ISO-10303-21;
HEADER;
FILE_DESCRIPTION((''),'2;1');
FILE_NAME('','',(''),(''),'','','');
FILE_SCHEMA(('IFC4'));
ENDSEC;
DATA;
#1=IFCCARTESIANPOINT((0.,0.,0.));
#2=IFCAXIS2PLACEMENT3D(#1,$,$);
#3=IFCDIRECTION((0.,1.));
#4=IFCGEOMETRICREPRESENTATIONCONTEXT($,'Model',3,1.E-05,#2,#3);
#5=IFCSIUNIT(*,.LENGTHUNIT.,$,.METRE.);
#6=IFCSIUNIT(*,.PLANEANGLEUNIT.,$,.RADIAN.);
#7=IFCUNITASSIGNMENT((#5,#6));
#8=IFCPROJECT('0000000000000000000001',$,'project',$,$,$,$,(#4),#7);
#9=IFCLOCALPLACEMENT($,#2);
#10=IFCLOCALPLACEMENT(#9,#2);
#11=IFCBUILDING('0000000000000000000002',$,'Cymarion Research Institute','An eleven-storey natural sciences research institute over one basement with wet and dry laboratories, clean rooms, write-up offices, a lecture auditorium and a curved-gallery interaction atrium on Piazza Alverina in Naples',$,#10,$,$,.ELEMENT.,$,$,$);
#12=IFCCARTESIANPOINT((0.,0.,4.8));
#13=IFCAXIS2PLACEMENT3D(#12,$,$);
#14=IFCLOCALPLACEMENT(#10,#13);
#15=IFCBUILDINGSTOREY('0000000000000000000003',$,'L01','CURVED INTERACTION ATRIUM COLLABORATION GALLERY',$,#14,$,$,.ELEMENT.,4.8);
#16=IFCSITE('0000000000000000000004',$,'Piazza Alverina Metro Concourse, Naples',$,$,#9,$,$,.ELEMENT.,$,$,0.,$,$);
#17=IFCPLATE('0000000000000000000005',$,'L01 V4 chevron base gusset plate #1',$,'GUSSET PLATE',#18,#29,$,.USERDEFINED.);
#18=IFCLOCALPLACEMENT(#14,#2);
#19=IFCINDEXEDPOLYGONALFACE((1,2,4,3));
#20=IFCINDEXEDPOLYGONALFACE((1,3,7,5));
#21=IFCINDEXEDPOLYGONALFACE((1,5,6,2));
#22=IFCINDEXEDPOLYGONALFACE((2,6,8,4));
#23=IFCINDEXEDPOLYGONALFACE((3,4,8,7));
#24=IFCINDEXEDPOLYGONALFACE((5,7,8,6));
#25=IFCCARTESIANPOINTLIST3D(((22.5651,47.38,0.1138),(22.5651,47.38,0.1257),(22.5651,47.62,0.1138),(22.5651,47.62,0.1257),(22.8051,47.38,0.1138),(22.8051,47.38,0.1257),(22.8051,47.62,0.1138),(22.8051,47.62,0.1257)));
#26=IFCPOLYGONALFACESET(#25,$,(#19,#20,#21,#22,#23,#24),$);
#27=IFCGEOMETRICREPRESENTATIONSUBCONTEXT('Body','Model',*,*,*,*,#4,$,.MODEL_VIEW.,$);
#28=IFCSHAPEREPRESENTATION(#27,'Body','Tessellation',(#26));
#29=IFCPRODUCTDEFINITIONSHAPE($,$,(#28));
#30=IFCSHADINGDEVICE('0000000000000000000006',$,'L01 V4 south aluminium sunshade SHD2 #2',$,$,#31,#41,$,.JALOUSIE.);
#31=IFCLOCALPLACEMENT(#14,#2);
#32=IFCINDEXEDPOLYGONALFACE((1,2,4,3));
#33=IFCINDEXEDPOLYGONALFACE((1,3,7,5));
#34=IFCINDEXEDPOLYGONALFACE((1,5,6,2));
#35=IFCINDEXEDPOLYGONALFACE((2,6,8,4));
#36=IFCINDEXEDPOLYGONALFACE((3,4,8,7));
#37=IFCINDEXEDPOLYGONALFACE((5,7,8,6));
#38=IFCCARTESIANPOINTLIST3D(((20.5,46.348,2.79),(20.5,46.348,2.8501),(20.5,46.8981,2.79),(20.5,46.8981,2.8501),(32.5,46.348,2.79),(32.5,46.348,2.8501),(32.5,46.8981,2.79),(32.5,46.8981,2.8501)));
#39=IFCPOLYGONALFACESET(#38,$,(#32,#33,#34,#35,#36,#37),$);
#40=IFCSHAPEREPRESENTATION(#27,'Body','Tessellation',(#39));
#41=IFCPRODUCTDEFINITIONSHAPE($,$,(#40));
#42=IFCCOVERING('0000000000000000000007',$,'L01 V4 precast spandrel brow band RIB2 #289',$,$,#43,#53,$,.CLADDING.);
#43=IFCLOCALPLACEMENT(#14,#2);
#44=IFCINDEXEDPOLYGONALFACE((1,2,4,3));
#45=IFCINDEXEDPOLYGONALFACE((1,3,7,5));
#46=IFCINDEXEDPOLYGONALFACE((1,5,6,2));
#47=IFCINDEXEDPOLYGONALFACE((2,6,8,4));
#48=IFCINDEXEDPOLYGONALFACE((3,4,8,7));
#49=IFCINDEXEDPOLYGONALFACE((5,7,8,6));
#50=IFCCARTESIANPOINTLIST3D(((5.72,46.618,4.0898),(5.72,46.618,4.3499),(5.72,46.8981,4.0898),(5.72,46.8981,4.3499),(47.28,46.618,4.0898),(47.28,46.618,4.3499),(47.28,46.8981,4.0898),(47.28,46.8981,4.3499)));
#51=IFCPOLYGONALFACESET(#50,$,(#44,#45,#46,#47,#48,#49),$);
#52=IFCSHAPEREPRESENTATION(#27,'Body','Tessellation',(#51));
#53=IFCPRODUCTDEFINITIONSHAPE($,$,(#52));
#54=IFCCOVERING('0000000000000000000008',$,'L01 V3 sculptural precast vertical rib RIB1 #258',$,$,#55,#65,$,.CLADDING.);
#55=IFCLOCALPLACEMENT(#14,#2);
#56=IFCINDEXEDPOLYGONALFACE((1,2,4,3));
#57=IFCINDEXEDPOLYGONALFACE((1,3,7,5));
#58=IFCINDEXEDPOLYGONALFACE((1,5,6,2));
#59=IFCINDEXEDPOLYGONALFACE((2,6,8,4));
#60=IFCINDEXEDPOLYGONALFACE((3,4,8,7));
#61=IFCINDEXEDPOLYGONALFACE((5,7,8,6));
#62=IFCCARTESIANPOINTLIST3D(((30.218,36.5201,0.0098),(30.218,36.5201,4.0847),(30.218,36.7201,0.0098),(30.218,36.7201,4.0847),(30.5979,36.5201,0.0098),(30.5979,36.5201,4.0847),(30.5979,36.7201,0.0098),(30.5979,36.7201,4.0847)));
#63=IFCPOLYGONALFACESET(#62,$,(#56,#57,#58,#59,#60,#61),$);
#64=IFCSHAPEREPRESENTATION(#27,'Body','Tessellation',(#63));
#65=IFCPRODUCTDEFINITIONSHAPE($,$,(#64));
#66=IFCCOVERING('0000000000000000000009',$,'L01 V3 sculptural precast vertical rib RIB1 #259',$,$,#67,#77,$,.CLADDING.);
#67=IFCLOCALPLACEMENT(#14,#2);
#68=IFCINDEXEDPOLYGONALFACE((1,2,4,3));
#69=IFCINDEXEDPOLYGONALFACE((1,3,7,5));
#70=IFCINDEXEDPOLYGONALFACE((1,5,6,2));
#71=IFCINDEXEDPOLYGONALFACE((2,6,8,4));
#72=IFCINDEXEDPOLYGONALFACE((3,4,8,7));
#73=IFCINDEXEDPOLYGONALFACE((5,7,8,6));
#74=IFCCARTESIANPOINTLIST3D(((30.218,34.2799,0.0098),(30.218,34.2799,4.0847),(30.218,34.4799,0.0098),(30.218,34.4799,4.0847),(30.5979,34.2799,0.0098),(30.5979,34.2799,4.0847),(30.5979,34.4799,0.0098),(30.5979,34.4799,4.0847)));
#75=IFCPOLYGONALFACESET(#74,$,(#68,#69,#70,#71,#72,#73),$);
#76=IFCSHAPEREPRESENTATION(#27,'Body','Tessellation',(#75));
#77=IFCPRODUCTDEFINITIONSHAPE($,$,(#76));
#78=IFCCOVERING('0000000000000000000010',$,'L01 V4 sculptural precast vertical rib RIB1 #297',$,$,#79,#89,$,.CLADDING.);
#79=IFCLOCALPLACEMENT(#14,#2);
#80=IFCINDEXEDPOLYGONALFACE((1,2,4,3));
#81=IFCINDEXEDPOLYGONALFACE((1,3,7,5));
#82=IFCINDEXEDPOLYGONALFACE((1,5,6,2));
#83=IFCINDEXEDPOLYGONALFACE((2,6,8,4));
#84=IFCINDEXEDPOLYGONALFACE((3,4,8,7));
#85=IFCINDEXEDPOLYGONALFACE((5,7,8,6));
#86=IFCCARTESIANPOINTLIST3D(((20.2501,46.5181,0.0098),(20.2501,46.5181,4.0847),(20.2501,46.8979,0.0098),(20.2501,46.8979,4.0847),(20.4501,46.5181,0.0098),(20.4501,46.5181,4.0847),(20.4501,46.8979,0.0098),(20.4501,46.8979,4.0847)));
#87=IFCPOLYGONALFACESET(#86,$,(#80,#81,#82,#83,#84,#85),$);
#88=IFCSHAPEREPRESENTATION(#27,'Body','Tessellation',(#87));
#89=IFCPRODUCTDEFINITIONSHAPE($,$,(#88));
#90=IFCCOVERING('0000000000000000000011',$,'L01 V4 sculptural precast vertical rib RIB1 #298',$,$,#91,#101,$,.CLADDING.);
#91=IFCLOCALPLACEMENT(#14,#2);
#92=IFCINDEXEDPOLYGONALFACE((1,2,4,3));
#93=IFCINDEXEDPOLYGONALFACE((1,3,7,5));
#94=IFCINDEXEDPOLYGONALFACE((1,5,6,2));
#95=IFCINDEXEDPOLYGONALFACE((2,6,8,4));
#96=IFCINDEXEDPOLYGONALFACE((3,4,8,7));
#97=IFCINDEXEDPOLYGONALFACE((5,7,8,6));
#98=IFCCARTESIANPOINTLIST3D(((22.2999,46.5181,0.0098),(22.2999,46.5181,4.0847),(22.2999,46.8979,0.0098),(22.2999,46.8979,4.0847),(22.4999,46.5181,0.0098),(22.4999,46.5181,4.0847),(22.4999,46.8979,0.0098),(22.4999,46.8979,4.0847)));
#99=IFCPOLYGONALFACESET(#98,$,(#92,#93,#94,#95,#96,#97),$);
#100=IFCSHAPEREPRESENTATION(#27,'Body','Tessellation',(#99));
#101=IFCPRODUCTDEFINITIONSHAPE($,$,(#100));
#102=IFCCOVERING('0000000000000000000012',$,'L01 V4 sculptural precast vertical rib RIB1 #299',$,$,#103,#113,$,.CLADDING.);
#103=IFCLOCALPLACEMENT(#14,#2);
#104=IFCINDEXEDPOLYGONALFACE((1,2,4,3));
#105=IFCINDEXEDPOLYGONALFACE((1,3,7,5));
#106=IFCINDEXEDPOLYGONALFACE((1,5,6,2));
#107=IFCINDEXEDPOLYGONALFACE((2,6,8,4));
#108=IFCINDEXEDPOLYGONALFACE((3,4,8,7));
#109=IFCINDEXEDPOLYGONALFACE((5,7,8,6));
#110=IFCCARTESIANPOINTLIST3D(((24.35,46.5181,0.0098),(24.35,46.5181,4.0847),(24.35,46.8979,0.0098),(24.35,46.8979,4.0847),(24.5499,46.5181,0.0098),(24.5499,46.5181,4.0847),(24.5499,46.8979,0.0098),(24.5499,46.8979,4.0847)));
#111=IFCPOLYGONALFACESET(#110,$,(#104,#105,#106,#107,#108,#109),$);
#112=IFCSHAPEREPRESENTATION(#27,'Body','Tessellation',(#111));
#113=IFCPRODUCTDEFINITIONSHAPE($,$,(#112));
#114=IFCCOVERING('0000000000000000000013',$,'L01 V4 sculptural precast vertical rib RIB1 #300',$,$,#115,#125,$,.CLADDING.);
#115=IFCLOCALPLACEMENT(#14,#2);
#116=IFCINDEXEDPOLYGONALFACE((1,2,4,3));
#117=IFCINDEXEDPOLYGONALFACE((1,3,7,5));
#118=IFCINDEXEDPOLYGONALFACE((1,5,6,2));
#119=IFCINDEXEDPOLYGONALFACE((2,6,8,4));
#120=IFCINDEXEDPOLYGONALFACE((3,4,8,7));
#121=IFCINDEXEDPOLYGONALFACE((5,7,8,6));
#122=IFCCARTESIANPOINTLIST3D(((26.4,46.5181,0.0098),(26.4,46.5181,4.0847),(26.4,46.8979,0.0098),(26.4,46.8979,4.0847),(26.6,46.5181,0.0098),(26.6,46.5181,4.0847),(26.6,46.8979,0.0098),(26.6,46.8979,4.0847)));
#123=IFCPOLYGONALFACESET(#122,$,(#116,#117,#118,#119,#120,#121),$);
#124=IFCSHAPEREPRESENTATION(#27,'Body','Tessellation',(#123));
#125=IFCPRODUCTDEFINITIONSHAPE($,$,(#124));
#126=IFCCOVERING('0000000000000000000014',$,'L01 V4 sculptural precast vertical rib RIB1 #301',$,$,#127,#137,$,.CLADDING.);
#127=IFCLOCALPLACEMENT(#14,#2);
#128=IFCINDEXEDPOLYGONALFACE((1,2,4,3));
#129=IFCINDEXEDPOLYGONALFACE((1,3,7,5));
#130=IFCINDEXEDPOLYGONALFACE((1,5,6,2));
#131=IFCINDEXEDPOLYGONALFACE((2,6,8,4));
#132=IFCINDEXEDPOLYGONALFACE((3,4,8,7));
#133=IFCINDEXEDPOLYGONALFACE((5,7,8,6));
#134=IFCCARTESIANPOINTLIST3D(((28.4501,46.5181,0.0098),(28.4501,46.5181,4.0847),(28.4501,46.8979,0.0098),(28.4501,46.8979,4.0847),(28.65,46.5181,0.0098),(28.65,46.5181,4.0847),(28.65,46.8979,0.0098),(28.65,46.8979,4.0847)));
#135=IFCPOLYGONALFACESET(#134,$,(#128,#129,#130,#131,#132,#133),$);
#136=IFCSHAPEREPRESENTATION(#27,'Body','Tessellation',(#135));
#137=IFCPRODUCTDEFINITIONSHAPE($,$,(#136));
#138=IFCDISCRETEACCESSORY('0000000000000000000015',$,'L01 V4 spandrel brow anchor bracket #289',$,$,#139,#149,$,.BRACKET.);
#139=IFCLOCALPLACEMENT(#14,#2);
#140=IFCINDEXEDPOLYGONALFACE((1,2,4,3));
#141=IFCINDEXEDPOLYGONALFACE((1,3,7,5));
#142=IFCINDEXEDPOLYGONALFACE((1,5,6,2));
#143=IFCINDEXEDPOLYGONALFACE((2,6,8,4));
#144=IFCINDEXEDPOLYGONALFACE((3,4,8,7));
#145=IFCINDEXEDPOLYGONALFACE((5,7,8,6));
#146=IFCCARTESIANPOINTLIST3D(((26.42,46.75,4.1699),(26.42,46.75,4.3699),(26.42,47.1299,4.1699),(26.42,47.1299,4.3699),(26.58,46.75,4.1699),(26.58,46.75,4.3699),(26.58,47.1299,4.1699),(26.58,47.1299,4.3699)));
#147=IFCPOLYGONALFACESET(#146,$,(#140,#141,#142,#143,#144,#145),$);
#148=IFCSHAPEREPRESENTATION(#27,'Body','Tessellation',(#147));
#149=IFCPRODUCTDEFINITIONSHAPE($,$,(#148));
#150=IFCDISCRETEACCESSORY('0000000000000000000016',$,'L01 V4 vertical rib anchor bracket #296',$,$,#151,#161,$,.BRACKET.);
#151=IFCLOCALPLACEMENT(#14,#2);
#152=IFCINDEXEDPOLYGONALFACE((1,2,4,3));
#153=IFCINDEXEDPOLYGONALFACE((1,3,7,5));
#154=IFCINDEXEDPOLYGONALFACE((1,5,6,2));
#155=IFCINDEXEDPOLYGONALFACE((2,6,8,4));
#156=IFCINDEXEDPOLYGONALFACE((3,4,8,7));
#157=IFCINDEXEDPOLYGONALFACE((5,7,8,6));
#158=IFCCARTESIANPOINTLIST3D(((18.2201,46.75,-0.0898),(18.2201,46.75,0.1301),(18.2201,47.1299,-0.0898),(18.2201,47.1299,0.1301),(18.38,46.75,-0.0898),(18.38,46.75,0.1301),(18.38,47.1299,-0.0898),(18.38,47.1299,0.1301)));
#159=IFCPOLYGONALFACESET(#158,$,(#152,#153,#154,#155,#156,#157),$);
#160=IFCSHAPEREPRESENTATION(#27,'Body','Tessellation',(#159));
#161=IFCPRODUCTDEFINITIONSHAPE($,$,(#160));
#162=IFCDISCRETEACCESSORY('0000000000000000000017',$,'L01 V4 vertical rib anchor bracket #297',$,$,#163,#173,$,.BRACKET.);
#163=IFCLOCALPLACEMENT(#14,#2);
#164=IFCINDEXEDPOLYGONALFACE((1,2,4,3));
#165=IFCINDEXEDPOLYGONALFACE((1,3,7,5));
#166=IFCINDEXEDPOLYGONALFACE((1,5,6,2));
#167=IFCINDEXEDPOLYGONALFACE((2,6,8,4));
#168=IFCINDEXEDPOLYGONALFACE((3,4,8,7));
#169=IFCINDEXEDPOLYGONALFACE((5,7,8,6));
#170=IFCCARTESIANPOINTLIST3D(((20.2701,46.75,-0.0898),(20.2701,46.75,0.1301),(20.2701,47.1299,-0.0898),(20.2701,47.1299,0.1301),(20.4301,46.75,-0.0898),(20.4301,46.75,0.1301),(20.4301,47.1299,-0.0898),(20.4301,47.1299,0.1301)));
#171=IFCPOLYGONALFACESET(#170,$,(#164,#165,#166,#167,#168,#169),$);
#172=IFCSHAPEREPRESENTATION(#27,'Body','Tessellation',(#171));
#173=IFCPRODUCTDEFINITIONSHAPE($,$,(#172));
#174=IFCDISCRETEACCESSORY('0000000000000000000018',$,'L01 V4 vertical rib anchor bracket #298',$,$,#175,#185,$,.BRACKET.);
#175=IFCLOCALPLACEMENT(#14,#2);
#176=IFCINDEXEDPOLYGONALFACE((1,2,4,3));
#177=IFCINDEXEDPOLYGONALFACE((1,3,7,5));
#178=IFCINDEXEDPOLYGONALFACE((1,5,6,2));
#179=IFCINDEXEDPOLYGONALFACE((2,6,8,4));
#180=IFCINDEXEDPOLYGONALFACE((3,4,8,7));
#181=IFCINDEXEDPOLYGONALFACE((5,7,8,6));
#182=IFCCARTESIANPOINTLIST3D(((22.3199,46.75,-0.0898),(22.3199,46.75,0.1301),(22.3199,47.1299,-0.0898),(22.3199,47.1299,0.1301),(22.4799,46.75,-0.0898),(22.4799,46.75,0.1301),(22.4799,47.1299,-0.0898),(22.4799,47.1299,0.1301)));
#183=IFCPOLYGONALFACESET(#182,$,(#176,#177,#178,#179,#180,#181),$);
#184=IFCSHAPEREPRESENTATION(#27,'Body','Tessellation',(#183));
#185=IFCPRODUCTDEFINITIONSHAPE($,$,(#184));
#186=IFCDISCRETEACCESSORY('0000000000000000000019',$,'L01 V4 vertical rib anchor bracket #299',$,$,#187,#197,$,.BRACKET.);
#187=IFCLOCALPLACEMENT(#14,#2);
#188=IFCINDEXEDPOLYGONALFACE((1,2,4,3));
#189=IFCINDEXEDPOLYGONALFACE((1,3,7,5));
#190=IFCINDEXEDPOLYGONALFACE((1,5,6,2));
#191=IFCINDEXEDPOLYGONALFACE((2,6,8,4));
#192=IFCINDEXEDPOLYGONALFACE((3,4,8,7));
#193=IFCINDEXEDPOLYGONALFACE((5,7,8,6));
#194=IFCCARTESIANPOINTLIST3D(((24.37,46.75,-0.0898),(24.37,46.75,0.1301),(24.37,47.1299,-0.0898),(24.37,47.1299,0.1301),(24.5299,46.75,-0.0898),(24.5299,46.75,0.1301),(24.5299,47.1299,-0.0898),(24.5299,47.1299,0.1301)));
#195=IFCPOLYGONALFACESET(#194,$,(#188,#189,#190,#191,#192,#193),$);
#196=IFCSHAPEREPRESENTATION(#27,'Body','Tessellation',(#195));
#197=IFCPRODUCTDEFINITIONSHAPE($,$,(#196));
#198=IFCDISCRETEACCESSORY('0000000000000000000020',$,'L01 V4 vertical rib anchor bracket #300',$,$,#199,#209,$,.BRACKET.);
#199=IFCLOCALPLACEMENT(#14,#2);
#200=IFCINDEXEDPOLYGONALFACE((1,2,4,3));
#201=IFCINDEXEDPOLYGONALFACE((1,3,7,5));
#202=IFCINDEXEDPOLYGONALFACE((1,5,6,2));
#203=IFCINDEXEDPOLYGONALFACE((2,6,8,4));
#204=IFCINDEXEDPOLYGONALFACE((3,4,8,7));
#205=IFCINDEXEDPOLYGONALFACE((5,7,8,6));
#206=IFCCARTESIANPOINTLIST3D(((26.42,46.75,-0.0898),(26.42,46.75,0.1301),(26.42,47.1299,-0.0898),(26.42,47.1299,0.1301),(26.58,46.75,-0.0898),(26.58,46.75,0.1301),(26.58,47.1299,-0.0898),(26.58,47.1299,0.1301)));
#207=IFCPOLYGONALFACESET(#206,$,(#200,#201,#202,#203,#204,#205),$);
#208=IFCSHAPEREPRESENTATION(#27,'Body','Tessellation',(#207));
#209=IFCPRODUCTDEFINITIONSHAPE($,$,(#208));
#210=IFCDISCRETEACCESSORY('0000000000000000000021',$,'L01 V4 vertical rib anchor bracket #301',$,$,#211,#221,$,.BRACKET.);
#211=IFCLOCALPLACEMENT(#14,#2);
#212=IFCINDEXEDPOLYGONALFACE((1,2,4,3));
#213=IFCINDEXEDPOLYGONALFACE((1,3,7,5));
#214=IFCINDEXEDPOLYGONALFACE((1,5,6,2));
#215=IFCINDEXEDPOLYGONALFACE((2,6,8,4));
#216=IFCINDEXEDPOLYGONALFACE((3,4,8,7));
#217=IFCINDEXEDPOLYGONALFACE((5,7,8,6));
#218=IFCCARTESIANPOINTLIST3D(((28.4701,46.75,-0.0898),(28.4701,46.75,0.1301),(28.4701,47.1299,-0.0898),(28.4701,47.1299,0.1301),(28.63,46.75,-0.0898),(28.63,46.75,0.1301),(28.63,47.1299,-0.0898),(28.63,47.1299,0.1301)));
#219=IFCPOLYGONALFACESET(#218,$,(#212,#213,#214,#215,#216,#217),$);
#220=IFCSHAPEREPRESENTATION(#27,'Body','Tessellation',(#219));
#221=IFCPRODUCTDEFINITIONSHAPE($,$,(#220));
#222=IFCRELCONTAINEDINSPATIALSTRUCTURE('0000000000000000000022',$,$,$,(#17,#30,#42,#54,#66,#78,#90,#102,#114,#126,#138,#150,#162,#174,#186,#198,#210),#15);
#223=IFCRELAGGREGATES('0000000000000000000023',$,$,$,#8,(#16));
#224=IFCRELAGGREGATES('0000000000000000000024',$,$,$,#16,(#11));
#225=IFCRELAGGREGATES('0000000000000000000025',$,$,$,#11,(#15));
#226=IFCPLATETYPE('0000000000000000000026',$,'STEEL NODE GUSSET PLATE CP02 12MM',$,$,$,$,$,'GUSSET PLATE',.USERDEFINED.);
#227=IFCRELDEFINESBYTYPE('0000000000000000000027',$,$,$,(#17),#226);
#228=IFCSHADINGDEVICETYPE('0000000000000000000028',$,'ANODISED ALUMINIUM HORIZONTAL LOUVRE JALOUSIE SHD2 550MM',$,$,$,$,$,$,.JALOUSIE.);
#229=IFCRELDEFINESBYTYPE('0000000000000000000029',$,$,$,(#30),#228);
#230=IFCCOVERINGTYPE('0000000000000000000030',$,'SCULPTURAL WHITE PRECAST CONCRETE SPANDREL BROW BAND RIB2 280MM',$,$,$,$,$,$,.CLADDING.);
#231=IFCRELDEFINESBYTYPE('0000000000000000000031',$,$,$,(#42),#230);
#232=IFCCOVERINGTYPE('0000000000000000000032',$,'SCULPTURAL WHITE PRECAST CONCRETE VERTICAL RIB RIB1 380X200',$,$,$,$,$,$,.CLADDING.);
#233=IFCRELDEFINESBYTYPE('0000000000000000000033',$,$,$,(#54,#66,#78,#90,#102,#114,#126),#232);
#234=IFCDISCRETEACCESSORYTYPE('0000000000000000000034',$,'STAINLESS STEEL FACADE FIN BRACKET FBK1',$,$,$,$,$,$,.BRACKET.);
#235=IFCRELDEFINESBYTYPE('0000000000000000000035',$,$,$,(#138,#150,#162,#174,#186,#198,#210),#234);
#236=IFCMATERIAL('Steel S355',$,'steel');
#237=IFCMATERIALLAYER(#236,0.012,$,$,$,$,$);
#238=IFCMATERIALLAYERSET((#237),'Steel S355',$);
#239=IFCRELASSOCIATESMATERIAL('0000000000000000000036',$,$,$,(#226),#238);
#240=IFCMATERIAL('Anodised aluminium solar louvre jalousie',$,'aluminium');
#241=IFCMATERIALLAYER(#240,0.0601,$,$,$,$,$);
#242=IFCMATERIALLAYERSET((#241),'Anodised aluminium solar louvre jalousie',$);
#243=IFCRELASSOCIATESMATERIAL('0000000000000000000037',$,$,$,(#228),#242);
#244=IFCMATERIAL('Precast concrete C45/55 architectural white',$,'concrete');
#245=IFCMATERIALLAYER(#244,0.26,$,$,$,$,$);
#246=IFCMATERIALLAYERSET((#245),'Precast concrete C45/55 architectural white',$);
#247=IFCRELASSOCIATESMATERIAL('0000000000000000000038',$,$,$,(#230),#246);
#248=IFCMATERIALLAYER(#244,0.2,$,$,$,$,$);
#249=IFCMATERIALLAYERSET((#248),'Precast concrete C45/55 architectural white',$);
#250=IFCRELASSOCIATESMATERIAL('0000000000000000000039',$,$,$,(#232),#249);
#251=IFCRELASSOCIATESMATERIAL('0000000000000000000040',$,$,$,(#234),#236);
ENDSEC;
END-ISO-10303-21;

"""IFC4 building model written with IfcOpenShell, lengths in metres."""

from ifc_helpers import new_model, si_unit, direction, frame, origin, origin_2d, place, context, subcontext, project, spatial, rectangle, extrude, material, layer, layer_set, type_object, element, save


model = new_model("IFC4")

# Units and contexts
model_context = context("Model", 3, precision=1e-05, world=origin(), true_north=direction((0.0, 1.0)))
body_context = subcontext(model_context, "Body", "Model", "MODEL_VIEW")
ifc_project = project(units=[si_unit("LENGTHUNIT", "METRE"), si_unit("PLANEANGLEUNIT", "RADIAN")], contexts=[model_context])

# Site, building, storey
site_placement = place(None, origin())
site = spatial("IfcSite", under=ifc_project, at=site_placement, Name="Piazza Alverina Metro Concourse, Naples", CompositionType="ELEMENT", RefElevation=0.0)
building_placement = place(site_placement, origin())
building = spatial("IfcBuilding", under=site, at=building_placement, Name="Cymarion Research Institute", Description="An eleven-storey natural sciences research institute over one basement with wet and dry laboratories, clean rooms, write-up offices, a lecture auditorium and a curved-gallery interaction atrium on Piazza Alverina in Naples", CompositionType="ELEMENT")
storey_placement = place(building_placement, frame((0.0, 0.0, 4.8)))
storey = spatial("IfcBuildingStorey", under=building, at=storey_placement, Name="L01", Description="CURVED INTERACTION ATRIUM COLLABORATION GALLERY", CompositionType="ELEMENT", Elevation=4.8)

# Shared definitions
ifc_material_1 = material(Name="Steel S355", Category="steel")

# Plate
ifc_layer_1 = layer(ifc_material_1, 0.012)
ifc_layer_set_1 = layer_set([ifc_layer_1], Name="Steel S355")
plate_type_1 = type_object("IfcPlateType", Name="STEEL NODE GUSSET PLATE CP02 12MM", ElementType="GUSSET PLATE", PredefinedType="USERDEFINED", material=ifc_layer_set_1)
for number, where, z_axis, x_axis, name in (
    (1, (22.6851, 47.5, 0.1138), (0.0, 0.0, 1.0), (1.0, 0.0, 0.0), "L01 V4 chevron base gusset plate #1"),
):
    element("IfcPlate", number, at=place(storey_placement, frame(where, z_axis=z_axis, x_axis=x_axis)), inside=storey, type_object=plate_type_1, Name=name, ObjectType="GUSSET PLATE", PredefinedType="USERDEFINED", context=body_context, shape_type="SweptSolid", body=[
        extrude(rectangle(XDim=0.24, YDim=0.24, at=origin_2d()), origin(), (0.0, 0.0, 1.0), 0.012),
    ])

# Shading device
ifc_material_2 = material(Name="Anodised aluminium solar louvre jalousie", Category="aluminium")
ifc_layer_2 = layer(ifc_material_2, 0.0601)
ifc_layer_set_2 = layer_set([ifc_layer_2], Name="Anodised aluminium solar louvre jalousie")
shading_device_type = type_object("IfcShadingDeviceType", Name="ANODISED ALUMINIUM HORIZONTAL LOUVRE JALOUSIE SHD2 550MM", PredefinedType="JALOUSIE", material=ifc_layer_set_2)
shading_device_placement = place(storey_placement, frame((26.5, 46.623, 2.79), z_axis=(0.0, 0.0, 1.0), x_axis=(0.0, -1.0, 0.0)))
element("IfcShadingDevice", 2, at=shading_device_placement, inside=storey, type_object=shading_device_type, Name="L01 V4 south aluminium sunshade SHD2 #2", PredefinedType="JALOUSIE", context=body_context, shape_type="SweptSolid", body=[
    extrude(rectangle(XDim=0.55, YDim=12.0, at=origin_2d()), origin(), (0.0, 0.0, 1.0), 0.0601),
])

# Coverings
ifc_material_3 = material(Name="Precast concrete C45/55 architectural white", Category="concrete")
ifc_layer_3 = layer(ifc_material_3, 0.26)
ifc_layer_set_3 = layer_set([ifc_layer_3], Name="Precast concrete C45/55 architectural white")
covering_type_1 = type_object("IfcCoveringType", Name="SCULPTURAL WHITE PRECAST CONCRETE SPANDREL BROW BAND RIB2 280MM", PredefinedType="CLADDING", material=ifc_layer_set_3)
covering_placement = place(storey_placement, frame((26.5, 46.7581, 4.0898), z_axis=(0.0, 0.0, 1.0), x_axis=(0.0, -1.0, 0.0)))
element("IfcCovering", 3, at=covering_placement, inside=storey, type_object=covering_type_1, Name="L01 V4 precast spandrel brow band RIB2 #289", PredefinedType="CLADDING", context=body_context, shape_type="SweptSolid", body=[
    extrude(rectangle(XDim=0.28, YDim=41.5601, at=origin_2d()), origin(), (0.0, 0.0, 1.0), 0.26),
])
ifc_layer_4 = layer(ifc_material_3, 0.2)
ifc_layer_set_4 = layer_set([ifc_layer_4], Name="Precast concrete C45/55 architectural white")
covering_type_2 = type_object("IfcCoveringType", Name="SCULPTURAL WHITE PRECAST CONCRETE VERTICAL RIB RIB1 380X200", PredefinedType="CLADDING", material=ifc_layer_set_4)
for number, where, z_axis, x_axis, name in (
    (4, (30.408, 36.6201, 0.0098), (0.0, 0.0, 1.0), (-1.0, 0.0, 0.0), "L01 V3 sculptural precast vertical rib RIB1 #258"),
    (5, (30.408, 34.3799, 0.0098), (0.0, 0.0, 1.0), (-1.0, 0.0, 0.0), "L01 V3 sculptural precast vertical rib RIB1 #259"),
    (6, (20.3501, 46.708, 0.0098), (0.0, 0.0, 1.0), (0.0, -1.0, 0.0), "L01 V4 sculptural precast vertical rib RIB1 #297"),
    (7, (22.3999, 46.708, 0.0098), (0.0, 0.0, 1.0), (0.0, -1.0, 0.0), "L01 V4 sculptural precast vertical rib RIB1 #298"),
    (8, (24.45, 46.708, 0.0098), (0.0, 0.0, 1.0), (0.0, -1.0, 0.0), "L01 V4 sculptural precast vertical rib RIB1 #299"),
    (9, (26.5, 46.708, 0.0098), (0.0, 0.0, 1.0), (0.0, -1.0, 0.0), "L01 V4 sculptural precast vertical rib RIB1 #300"),
    (10, (28.55, 46.708, 0.0098), (0.0, 0.0, 1.0), (0.0, -1.0, 0.0), "L01 V4 sculptural precast vertical rib RIB1 #301"),
):
    element("IfcCovering", number, at=place(storey_placement, frame(where, z_axis=z_axis, x_axis=x_axis)), inside=storey, type_object=covering_type_2, Name=name, PredefinedType="CLADDING", context=body_context, shape_type="SweptSolid", body=[
        extrude(rectangle(XDim=0.3799, YDim=0.2, at=origin_2d()), origin(), (0.0, 0.0, 1.0), 4.075),
    ])

# Discrete accessories
discrete_accessory_type = type_object("IfcDiscreteAccessoryType", Name="STAINLESS STEEL FACADE FIN BRACKET FBK1", PredefinedType="BRACKET", material=ifc_material_1)
discrete_accessory_1_placement = place(storey_placement, frame((26.5, 46.9399, 4.1699), z_axis=(0.0, 0.0, 1.0), x_axis=(0.0, -1.0, 0.0)))
element("IfcDiscreteAccessory", 11, at=discrete_accessory_1_placement, inside=storey, type_object=discrete_accessory_type, Name="L01 V4 spandrel brow anchor bracket #289", PredefinedType="BRACKET", context=body_context, shape_type="SweptSolid", body=[
    extrude(rectangle(XDim=0.3799, YDim=0.1599, at=origin_2d()), origin(), (0.0, 0.0, 1.0), 0.2),
])
for number, where, z_axis, x_axis, name in (
    (12, (18.3, 46.9399, -0.0898), (0.0, 0.0, 1.0), (0.0, -1.0, 0.0), "L01 V4 vertical rib anchor bracket #296"),
    (13, (20.3501, 46.9399, -0.0898), (0.0, 0.0, 1.0), (0.0, -1.0, 0.0), "L01 V4 vertical rib anchor bracket #297"),
    (14, (22.3999, 46.9399, -0.0898), (0.0, 0.0, 1.0), (0.0, -1.0, 0.0), "L01 V4 vertical rib anchor bracket #298"),
    (15, (24.45, 46.9399, -0.0898), (0.0, 0.0, 1.0), (0.0, -1.0, 0.0), "L01 V4 vertical rib anchor bracket #299"),
    (16, (26.5, 46.9399, -0.0898), (0.0, 0.0, 1.0), (0.0, -1.0, 0.0), "L01 V4 vertical rib anchor bracket #300"),
    (17, (28.55, 46.9399, -0.0898), (0.0, 0.0, 1.0), (0.0, -1.0, 0.0), "L01 V4 vertical rib anchor bracket #301"),
):
    element("IfcDiscreteAccessory", number, at=place(storey_placement, frame(where, z_axis=z_axis, x_axis=x_axis)), inside=storey, type_object=discrete_accessory_type, Name=name, PredefinedType="BRACKET", context=body_context, shape_type="SweptSolid", body=[
        extrude(rectangle(XDim=0.3799, YDim=0.1599, at=origin_2d()), origin(), (0.0, 0.0, 1.0), 0.22),
    ])

save(model, "model.ifc")
